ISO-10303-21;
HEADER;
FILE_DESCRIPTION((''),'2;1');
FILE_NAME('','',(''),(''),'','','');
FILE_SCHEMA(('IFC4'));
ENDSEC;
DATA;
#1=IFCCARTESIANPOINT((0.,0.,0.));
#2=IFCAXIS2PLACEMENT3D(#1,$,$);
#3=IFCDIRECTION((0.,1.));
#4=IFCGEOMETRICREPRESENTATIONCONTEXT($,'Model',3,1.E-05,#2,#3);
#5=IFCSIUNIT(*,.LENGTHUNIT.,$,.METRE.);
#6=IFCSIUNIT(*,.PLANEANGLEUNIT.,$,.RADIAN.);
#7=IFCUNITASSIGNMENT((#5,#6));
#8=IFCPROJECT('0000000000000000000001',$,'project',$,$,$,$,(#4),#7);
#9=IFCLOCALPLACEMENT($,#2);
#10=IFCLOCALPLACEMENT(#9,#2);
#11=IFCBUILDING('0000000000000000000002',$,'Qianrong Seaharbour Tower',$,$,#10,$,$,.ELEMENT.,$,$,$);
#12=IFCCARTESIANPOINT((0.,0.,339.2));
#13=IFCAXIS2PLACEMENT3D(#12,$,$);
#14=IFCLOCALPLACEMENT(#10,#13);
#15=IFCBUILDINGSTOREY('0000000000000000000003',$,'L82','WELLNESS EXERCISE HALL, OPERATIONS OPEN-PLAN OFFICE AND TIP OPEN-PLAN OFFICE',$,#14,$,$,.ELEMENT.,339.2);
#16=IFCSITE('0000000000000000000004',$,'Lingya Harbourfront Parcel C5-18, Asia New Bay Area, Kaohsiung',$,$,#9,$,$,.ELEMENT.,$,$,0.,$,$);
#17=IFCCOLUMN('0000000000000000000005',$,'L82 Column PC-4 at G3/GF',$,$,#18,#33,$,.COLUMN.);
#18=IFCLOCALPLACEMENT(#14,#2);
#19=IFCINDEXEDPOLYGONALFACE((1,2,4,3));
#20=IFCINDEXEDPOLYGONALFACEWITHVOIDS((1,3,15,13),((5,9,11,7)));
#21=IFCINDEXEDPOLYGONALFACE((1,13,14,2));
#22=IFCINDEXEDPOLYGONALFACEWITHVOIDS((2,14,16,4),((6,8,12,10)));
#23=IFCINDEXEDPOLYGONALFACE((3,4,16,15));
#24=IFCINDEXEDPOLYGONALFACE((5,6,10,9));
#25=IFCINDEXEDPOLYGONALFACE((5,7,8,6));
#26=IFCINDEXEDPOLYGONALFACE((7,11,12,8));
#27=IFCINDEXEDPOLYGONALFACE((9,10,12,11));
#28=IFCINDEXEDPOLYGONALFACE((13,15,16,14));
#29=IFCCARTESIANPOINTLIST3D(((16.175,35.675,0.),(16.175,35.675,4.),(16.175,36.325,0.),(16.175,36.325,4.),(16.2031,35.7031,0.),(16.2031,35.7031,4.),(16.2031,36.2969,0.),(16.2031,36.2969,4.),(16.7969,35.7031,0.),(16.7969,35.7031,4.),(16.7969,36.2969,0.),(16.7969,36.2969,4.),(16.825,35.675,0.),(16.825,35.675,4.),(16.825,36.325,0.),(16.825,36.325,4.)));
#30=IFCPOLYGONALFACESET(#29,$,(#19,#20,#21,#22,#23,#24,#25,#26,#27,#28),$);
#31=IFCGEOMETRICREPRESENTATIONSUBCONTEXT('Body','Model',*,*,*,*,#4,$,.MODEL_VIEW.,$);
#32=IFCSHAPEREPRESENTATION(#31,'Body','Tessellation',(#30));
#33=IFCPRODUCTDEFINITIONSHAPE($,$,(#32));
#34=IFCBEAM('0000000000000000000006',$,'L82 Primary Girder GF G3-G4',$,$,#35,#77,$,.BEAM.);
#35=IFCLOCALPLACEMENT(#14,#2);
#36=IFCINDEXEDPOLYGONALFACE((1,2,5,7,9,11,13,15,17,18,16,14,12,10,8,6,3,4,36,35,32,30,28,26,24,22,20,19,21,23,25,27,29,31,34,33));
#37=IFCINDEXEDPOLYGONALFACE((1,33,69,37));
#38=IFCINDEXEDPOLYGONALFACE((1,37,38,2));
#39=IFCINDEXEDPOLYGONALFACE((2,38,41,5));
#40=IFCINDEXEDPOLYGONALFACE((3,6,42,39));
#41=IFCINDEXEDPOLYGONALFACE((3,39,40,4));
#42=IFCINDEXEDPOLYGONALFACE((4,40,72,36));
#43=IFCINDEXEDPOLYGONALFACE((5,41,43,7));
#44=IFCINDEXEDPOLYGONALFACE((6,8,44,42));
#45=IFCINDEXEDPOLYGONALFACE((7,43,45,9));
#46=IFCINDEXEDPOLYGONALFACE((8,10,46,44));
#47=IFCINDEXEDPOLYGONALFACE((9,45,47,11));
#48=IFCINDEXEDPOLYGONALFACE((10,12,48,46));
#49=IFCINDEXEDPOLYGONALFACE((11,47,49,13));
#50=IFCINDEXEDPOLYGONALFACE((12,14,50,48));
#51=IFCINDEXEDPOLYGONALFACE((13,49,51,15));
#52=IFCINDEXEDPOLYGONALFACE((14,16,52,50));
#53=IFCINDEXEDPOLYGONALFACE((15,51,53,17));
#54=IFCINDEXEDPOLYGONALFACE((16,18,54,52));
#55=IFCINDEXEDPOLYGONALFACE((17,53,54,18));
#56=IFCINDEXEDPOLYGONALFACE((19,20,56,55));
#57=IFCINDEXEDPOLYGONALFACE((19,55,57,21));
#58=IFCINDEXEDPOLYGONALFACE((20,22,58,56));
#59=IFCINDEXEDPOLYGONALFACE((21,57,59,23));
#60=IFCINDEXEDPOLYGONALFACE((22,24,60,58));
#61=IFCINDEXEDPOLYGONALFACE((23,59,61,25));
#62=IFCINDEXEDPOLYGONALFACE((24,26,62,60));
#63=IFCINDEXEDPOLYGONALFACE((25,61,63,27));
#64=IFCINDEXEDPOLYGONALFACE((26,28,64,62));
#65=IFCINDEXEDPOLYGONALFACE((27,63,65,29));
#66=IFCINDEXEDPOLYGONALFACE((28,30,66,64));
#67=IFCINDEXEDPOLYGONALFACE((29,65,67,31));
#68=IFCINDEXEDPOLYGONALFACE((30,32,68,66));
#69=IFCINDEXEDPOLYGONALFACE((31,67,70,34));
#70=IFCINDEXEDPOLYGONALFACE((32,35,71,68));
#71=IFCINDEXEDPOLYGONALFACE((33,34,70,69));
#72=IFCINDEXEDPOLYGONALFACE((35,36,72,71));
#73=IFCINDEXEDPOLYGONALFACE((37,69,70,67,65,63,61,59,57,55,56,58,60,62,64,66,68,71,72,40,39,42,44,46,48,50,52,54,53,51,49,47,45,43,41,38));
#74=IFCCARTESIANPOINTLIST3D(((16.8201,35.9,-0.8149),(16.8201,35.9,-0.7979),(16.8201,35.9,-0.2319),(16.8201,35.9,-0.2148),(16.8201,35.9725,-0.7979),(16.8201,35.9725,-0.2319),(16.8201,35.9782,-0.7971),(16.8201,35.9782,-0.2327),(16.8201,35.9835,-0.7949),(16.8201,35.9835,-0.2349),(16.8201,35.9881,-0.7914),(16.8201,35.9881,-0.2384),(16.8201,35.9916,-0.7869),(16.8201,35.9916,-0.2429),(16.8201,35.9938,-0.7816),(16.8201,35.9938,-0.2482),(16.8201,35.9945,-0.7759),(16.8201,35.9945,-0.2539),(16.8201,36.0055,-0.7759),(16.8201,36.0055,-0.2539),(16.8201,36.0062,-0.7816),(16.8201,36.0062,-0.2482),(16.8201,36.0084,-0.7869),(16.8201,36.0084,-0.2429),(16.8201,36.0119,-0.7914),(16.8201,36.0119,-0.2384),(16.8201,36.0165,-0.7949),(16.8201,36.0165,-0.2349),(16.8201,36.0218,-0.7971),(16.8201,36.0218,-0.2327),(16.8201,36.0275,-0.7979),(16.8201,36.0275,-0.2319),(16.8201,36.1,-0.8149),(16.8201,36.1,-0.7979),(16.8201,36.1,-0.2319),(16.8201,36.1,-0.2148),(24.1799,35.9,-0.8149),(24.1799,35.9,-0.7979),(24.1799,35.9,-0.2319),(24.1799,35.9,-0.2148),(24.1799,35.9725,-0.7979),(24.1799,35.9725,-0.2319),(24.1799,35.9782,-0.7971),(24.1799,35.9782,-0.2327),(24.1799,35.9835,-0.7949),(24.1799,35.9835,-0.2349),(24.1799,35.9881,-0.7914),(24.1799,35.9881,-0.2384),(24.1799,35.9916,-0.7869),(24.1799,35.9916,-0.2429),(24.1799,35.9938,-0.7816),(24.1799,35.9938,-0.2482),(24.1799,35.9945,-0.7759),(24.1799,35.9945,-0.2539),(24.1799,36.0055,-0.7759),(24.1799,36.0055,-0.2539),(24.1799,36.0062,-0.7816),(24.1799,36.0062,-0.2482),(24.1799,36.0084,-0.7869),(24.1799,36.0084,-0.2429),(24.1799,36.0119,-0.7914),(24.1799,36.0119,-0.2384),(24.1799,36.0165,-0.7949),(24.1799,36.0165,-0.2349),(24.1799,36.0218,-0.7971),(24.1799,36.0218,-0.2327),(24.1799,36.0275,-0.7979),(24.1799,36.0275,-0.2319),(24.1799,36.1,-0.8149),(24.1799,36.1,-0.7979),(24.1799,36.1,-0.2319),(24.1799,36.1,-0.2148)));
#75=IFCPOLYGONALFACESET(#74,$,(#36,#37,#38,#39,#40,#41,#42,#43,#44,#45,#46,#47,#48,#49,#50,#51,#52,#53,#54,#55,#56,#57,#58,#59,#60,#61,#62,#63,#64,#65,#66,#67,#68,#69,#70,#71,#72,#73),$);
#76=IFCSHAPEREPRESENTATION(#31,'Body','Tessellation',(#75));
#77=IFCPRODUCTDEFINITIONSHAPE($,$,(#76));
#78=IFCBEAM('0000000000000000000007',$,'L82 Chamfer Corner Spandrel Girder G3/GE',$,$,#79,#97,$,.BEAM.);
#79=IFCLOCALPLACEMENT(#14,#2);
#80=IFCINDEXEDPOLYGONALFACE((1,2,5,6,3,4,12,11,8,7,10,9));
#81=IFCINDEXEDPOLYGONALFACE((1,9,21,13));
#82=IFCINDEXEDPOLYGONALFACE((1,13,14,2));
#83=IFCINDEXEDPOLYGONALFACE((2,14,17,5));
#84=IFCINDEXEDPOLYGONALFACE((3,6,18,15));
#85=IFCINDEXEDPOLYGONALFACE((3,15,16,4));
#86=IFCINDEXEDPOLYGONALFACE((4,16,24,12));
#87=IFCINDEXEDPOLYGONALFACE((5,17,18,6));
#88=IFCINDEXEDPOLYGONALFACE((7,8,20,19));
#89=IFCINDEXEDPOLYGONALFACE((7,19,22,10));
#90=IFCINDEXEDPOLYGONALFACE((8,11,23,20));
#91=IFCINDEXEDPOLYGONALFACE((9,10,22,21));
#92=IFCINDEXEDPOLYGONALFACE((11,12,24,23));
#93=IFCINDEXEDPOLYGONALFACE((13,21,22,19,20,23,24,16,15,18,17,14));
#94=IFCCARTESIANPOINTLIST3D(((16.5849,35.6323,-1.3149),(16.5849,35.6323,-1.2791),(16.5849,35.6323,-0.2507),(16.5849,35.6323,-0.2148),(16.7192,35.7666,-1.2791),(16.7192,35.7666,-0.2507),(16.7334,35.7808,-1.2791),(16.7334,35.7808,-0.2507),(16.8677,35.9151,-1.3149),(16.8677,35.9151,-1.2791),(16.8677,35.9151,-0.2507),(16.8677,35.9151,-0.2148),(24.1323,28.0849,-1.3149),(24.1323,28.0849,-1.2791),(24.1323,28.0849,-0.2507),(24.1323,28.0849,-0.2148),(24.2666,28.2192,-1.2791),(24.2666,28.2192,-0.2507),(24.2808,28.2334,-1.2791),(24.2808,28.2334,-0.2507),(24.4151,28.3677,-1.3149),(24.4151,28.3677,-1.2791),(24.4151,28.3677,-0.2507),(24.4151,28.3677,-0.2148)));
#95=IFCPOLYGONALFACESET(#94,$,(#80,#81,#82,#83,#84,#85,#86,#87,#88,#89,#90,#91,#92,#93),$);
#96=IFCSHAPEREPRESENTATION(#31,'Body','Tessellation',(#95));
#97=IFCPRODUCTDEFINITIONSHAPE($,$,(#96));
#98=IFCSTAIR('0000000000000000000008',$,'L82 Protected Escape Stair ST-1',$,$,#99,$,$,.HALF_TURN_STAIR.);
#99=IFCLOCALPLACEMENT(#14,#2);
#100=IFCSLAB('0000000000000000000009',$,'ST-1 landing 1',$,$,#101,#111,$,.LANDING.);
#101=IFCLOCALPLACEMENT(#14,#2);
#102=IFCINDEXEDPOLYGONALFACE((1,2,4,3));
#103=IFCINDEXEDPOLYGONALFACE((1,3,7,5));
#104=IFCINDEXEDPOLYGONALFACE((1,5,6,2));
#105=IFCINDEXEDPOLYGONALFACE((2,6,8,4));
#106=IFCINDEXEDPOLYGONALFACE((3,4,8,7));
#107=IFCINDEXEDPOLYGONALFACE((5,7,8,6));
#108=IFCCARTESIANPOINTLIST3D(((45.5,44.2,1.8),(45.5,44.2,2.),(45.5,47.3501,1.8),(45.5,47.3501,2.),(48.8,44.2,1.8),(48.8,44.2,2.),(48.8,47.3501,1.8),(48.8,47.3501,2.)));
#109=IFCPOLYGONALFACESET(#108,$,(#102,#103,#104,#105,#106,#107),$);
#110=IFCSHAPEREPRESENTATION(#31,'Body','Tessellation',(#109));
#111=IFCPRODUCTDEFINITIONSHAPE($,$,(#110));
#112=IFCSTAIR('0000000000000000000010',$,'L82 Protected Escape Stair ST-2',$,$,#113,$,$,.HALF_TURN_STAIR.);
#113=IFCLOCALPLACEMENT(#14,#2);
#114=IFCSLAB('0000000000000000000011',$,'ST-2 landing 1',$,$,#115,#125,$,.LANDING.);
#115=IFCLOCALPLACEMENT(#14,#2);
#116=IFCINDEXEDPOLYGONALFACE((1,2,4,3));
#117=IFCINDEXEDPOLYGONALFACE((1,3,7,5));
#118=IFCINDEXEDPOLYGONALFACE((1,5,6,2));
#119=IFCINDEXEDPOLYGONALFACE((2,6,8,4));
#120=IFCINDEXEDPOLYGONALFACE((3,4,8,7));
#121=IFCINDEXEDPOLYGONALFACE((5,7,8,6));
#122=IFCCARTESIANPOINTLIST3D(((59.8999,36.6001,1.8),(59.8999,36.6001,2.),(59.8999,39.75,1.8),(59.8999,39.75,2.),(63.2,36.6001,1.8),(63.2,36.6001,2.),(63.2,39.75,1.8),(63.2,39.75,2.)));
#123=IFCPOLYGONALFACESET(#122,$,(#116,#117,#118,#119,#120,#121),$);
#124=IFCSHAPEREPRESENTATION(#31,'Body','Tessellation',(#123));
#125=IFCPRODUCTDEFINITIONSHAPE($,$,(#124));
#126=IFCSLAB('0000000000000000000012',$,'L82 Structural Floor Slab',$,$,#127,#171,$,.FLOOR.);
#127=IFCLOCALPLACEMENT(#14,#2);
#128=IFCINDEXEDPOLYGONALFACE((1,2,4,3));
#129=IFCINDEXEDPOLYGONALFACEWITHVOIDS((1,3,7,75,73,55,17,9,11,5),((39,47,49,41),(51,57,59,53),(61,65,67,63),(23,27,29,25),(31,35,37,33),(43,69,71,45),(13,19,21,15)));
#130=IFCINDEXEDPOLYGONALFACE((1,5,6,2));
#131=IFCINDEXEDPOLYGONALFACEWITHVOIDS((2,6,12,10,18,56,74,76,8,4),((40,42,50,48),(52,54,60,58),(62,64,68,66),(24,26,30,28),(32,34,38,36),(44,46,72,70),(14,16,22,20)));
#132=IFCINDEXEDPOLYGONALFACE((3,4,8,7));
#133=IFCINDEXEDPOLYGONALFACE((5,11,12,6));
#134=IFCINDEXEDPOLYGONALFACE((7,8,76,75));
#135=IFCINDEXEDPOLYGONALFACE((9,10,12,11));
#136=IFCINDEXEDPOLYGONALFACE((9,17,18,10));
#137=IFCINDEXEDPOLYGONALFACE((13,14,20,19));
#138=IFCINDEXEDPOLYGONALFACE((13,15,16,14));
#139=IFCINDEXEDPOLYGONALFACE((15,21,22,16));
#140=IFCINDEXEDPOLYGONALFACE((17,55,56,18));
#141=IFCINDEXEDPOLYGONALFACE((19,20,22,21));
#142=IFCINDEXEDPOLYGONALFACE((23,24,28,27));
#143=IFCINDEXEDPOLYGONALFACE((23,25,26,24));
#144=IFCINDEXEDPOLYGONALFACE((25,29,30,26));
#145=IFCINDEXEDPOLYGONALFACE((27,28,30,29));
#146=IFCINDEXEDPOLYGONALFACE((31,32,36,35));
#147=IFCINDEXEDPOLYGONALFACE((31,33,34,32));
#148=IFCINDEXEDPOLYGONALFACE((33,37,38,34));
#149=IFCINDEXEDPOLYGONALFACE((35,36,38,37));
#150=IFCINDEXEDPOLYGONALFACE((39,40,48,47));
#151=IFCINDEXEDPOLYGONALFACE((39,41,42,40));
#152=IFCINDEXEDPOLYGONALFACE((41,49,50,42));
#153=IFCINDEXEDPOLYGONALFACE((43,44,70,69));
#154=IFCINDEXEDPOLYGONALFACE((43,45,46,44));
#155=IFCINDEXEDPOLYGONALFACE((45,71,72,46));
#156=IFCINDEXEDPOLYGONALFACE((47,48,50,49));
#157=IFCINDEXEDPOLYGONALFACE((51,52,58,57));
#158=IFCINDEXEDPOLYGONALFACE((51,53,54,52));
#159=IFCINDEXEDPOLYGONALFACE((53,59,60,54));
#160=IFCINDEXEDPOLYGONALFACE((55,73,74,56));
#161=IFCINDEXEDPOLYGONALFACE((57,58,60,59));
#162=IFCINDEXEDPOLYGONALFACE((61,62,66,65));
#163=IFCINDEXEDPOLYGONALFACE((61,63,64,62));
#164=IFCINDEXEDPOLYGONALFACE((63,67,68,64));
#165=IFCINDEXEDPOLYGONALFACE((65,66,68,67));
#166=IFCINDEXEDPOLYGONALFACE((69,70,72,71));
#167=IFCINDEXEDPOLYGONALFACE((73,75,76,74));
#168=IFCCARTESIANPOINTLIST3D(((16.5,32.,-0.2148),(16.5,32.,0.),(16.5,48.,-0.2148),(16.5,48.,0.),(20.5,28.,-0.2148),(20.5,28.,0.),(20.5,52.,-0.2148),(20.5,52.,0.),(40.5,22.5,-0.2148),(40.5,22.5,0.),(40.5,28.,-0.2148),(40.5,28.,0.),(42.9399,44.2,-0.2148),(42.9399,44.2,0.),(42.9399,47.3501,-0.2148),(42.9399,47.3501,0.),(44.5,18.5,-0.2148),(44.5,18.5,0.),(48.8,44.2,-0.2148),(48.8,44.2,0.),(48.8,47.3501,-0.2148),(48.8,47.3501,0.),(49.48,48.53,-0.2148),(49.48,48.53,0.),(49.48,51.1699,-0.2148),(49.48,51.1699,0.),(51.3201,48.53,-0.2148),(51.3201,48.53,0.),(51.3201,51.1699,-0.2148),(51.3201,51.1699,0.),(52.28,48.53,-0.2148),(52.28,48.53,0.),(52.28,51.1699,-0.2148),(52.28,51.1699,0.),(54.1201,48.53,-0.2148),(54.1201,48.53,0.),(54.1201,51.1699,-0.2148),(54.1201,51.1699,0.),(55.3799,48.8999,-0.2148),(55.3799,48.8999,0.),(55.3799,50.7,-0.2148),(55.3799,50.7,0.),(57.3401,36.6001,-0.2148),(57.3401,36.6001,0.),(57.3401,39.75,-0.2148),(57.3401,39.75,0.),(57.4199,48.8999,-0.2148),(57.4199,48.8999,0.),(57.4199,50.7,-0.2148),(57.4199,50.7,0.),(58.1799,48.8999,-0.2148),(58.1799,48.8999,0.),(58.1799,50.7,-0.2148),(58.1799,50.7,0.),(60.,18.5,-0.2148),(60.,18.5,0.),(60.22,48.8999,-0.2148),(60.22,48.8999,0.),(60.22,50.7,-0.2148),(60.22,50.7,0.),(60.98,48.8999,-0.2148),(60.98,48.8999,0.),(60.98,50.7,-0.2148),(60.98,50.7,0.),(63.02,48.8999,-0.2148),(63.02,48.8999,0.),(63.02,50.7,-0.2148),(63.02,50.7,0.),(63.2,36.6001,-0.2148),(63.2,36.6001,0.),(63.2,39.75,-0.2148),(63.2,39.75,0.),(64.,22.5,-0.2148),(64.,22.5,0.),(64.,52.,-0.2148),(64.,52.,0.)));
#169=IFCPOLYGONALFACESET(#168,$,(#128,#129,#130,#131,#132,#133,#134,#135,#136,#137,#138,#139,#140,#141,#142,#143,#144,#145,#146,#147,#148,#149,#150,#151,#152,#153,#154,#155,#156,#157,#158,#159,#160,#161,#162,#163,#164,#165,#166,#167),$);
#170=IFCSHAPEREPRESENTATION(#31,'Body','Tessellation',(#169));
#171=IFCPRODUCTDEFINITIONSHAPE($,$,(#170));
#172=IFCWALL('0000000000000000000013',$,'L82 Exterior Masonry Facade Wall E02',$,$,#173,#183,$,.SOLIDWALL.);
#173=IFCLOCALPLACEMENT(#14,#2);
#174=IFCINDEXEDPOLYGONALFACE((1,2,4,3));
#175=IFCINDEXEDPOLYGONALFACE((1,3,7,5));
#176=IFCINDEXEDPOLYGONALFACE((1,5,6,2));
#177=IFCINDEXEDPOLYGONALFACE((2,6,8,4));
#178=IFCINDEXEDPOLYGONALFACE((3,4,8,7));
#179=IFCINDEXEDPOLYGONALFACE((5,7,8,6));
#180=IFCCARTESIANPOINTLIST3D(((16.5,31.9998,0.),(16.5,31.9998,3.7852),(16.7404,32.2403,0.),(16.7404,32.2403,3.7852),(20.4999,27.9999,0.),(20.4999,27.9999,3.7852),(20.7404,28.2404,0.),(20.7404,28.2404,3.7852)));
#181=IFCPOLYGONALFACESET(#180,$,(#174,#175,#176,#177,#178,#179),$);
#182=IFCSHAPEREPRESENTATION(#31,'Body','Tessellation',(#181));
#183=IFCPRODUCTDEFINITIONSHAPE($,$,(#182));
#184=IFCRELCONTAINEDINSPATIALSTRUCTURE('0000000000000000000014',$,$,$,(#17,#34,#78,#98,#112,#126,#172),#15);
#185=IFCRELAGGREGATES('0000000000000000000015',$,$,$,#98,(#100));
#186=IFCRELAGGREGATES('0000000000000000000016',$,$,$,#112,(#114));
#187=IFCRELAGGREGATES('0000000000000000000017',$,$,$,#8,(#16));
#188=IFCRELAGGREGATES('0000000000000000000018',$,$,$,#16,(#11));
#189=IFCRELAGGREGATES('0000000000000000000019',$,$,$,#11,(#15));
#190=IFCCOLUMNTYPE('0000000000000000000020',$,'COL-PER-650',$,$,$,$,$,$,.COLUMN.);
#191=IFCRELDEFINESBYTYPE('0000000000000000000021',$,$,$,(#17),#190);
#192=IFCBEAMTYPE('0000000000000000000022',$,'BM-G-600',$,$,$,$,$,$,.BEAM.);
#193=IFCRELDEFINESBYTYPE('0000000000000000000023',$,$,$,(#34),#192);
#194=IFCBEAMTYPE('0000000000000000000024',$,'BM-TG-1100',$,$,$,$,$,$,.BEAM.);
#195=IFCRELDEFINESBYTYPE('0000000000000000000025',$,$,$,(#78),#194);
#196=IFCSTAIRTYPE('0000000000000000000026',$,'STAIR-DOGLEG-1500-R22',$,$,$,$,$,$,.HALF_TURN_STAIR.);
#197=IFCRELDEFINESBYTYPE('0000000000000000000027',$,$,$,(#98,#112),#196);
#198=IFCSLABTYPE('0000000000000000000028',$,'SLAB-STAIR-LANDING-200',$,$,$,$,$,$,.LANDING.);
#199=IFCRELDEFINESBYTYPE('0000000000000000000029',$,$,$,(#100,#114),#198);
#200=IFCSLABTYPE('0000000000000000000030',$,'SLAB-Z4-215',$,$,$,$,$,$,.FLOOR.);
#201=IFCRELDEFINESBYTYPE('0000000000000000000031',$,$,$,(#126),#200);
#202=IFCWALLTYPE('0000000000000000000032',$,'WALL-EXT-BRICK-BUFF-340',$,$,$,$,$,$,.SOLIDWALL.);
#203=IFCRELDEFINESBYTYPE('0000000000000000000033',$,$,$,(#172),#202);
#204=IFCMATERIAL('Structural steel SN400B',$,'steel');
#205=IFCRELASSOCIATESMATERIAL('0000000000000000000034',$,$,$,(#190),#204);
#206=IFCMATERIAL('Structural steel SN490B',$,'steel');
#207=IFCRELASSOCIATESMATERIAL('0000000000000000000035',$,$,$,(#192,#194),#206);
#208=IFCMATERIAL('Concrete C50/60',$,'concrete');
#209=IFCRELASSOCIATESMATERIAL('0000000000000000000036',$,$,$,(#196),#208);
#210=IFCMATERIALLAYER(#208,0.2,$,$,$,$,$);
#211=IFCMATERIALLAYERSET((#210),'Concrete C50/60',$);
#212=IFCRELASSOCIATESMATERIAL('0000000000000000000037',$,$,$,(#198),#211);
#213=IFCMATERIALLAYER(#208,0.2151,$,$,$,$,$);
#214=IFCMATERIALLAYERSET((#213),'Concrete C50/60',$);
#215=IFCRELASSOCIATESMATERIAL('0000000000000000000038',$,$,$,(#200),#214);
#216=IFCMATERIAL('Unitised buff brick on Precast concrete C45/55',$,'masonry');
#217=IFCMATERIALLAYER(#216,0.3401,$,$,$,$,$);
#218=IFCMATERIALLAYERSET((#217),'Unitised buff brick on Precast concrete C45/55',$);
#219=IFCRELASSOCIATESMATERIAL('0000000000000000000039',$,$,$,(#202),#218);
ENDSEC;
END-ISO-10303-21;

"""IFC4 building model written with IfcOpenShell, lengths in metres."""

from ifc_helpers import new_model, si_unit, direction, frame, frame_2d, origin, origin_2d, place, context, subcontext, project, spatial, polyline, rectangle, hollow_rectangle, i_section, outline, extrude, material, layer, layer_set, material_profile, profile_set, type_object, element, aggregate, save


model = new_model("IFC4")

# Units and contexts
model_context = context("Model", 3, precision=1e-05, world=origin(), true_north=direction((0.0, 1.0)))
body_context = subcontext(model_context, "Body", "Model", "MODEL_VIEW")
ifc_project = project(units=[si_unit("LENGTHUNIT", "METRE"), si_unit("PLANEANGLEUNIT", "RADIAN")], contexts=[model_context])

# Site, building, storey
site_placement = place(None, origin())
site = spatial("IfcSite", under=ifc_project, at=site_placement, Name="Lingya Harbourfront Parcel C5-18, Asia New Bay Area, Kaohsiung", CompositionType="ELEMENT", RefElevation=0.0)
building_placement = place(site_placement, origin())
building = spatial("IfcBuilding", under=site, at=building_placement, Name="Qianrong Seaharbour Tower", CompositionType="ELEMENT")
storey_placement = place(building_placement, frame((0.0, 0.0, 339.2)))
storey = spatial("IfcBuildingStorey", under=building, at=storey_placement, Name="L82", Description="WELLNESS EXERCISE HALL, OPERATIONS OPEN-PLAN OFFICE AND TIP OPEN-PLAN OFFICE", CompositionType="ELEMENT", Elevation=339.2)

# Column
ifc_material_1 = material(Name="Structural steel SN400B", Category="steel")
ifc_material_profile_1 = material_profile(ifc_material_1, hollow_rectangle(XDim=0.6499, YDim=0.6499, WallThickness=0.0281, at=origin_2d()), Name="BOX650x650x28")
ifc_profile_set_1 = profile_set([ifc_material_profile_1], Name="Structural steel SN400B")
column_type = type_object("IfcColumnType", Name="COL-PER-650", PredefinedType="COLUMN", material=ifc_profile_set_1)
column_placement = place(storey_placement, frame((16.5, 36.0, 0.0), z_axis=(0.0, 0.0, 1.0), x_axis=(1.0, 0.0, 0.0)))
element("IfcColumn", 1, at=column_placement, inside=storey, type_object=column_type, Name="L82 Column PC-4 at G3/GF", PredefinedType="COLUMN", context=body_context, shape_type="SweptSolid", body=[
    extrude(hollow_rectangle(XDim=0.6499, YDim=0.6499, WallThickness=0.0281, at=origin_2d()), origin(), (0.0, 0.0, 1.0), 4.0),
])

# Beams
ifc_material_2 = material(Name="Structural steel SN490B", Category="steel")
ifc_material_profile_2 = material_profile(ifc_material_2, i_section(OverallWidth=0.2, OverallDepth=0.6001, WebThickness=0.011, FlangeThickness=0.0171, FilletRadius=0.022, at=origin_2d()), Name="H600x200x11x17")
ifc_profile_set_2 = profile_set([ifc_material_profile_2], Name="Structural steel SN490B")
beam_type_1 = type_object("IfcBeamType", Name="BM-G-600", PredefinedType="BEAM", material=ifc_profile_set_2)
beam_1_placement = place(storey_placement, frame((16.8201, 36.0, -0.5149), z_axis=(1.0, 0.0, 0.0), x_axis=(0.0, 1.0, 0.0)))
element("IfcBeam", 2, at=beam_1_placement, inside=storey, type_object=beam_type_1, Name="L82 Primary Girder GF G3-G4", PredefinedType="BEAM", context=body_context, shape_type="SweptSolid", body=[
    extrude(i_section(OverallWidth=0.2, OverallDepth=0.6001, WebThickness=0.011, FlangeThickness=0.0171, FilletRadius=0.022, at=origin_2d()), origin(), (0.0, 0.0, 1.0), 7.3599),
])
ifc_material_profile_3 = material_profile(ifc_material_2, i_section(OverallWidth=0.3999, OverallDepth=1.1001, WebThickness=0.02, FlangeThickness=0.0359, at=origin_2d()), Name="BH1100x400x20x36")
ifc_profile_set_3 = profile_set([ifc_material_profile_3], Name="Structural steel SN490B")
beam_type_2 = type_object("IfcBeamType", Name="BM-TG-1100", PredefinedType="BEAM", material=ifc_profile_set_3)
beam_2_placement = place(storey_placement, frame((24.2737, 28.2263, -0.7649), z_axis=(-0.707107, 0.707107, 0.0), x_axis=(-0.707107, -0.707107, 0.0)))
element("IfcBeam", 3, at=beam_2_placement, inside=storey, type_object=beam_type_2, Name="L82 Chamfer Corner Spandrel Girder G3/GE", PredefinedType="BEAM", context=body_context, shape_type="SweptSolid", body=[
    extrude(i_section(OverallWidth=0.3999, OverallDepth=1.1001, WebThickness=0.02, FlangeThickness=0.0359, at=origin_2d()), origin(), (0.0, 0.0, 1.0), 10.6736),
])

# Stairs, slabs
ifc_material_3 = material(Name="Concrete C50/60", Category="concrete")
stair_type = type_object("IfcStairType", Name="STAIR-DOGLEG-1500-R22", PredefinedType="HALF_TURN_STAIR", material=ifc_material_3)
stair_1_placement = place(storey_placement, origin())
stair_1 = element("IfcStair", 4, at=stair_1_placement, inside=storey, type_object=stair_type, Name="L82 Protected Escape Stair ST-1", PredefinedType="HALF_TURN_STAIR")
ifc_layer_1 = layer(ifc_material_3, 0.2)
ifc_layer_set_1 = layer_set([ifc_layer_1], Name="Concrete C50/60")
slab_type_1 = type_object("IfcSlabType", Name="SLAB-STAIR-LANDING-200", PredefinedType="LANDING", material=ifc_layer_set_1)
slab_1_placement = place(storey_placement, frame((0.0, 0.0, 1.8)))
slab_1 = element("IfcSlab", 5, at=slab_1_placement, type_object=slab_type_1, Name="ST-1 landing 1", PredefinedType="LANDING", context=body_context, shape_type="SweptSolid", body=[
    extrude(outline(polyline([(45.5, 44.2), (48.8, 44.2), (48.8, 47.3501), (45.5, 47.3501), (45.5, 44.2)])), origin(), (0.0, 0.0, 1.0), 0.2),
])
aggregate(stair_1, [slab_1])
stair_2_placement = place(storey_placement, origin())
stair_2 = element("IfcStair", 6, at=stair_2_placement, inside=storey, type_object=stair_type, Name="L82 Protected Escape Stair ST-2", PredefinedType="HALF_TURN_STAIR")
slab_2_placement = place(storey_placement, frame((0.0, 0.0, 1.8)))
slab_2 = element("IfcSlab", 7, at=slab_2_placement, type_object=slab_type_1, Name="ST-2 landing 1", PredefinedType="LANDING", context=body_context, shape_type="SweptSolid", body=[
    extrude(outline(polyline([(59.8999, 36.6001), (63.2, 36.6001), (63.2, 39.75), (59.8999, 39.75), (59.8999, 36.6001)])), origin(), (0.0, 0.0, 1.0), 0.2),
])
aggregate(stair_2, [slab_2])

# Slab
ifc_layer_2 = layer(ifc_material_3, 0.2151)
ifc_layer_set_2 = layer_set([ifc_layer_2], Name="Concrete C50/60")
slab_type_2 = type_object("IfcSlabType", Name="SLAB-Z4-215", PredefinedType="FLOOR", material=ifc_layer_set_2)
slab_3_placement = place(storey_placement, frame((0.0, 0.0, -0.2148)))
element("IfcSlab", 8, at=slab_3_placement, inside=storey, type_object=slab_type_2, Name="L82 Structural Floor Slab", PredefinedType="FLOOR", context=body_context, shape_type="SweptSolid", body=[
    extrude(outline(polyline([(44.5, 18.5), (60.0, 18.5), (64.0, 22.5), (64.0, 52.0), (20.5, 52.0), (16.5, 48.0), (16.5, 32.0), (20.5, 28.0), (40.5, 28.0), (40.5, 22.5), (44.5, 18.5)]), holes=[polyline([(42.9399, 44.2), (42.9399, 47.3501), (48.8, 47.3501), (48.8, 44.2), (42.9399, 44.2)]), polyline([(57.3401, 36.6001), (57.3401, 39.75), (63.2, 39.75), (63.2, 36.6001), (57.3401, 36.6001)]), polyline([(49.48, 48.53), (49.48, 51.1699), (51.3201, 51.1699), (51.3201, 48.53), (49.48, 48.53)]), polyline([(52.28, 48.53), (52.28, 51.1699), (54.1201, 51.1699), (54.1201, 48.53), (52.28, 48.53)]), polyline([(55.3799, 48.8999), (55.3799, 50.7), (57.4199, 50.7), (57.4199, 48.8999), (55.3799, 48.8999)]), polyline([(58.1799, 48.8999), (58.1799, 50.7), (60.22, 50.7), (60.22, 48.8999), (58.1799, 48.8999)]), polyline([(60.98, 48.8999), (60.98, 50.7), (63.02, 50.7), (63.02, 48.8999), (60.98, 48.8999)])]), origin(), (0.0, 0.0, 1.0), 0.2148),
])

# Wall
ifc_material_4 = material(Name="Unitised buff brick on Precast concrete C45/55", Category="masonry")
ifc_layer_3 = layer(ifc_material_4, 0.3401)
ifc_layer_set_3 = layer_set([ifc_layer_3], Name="Unitised buff brick on Precast concrete C45/55")
wall_type = type_object("IfcWallType", Name="WALL-EXT-BRICK-BUFF-340", PredefinedType="SOLIDWALL", material=ifc_layer_set_3)
wall_1_placement = place(storey_placement, frame((20.6201, 28.1201, 0.0), z_axis=(0.0, 0.0, 1.0), x_axis=(-0.707107, 0.707107, 0.0)))
element("IfcWall", 9, at=wall_1_placement, inside=storey, type_object=wall_type, Name="L82 Exterior Masonry Facade Wall E02", PredefinedType="SOLIDWALL", context=body_context, shape_type="SweptSolid", body=[
    extrude(rectangle(XDim=5.6567, YDim=0.3401, at=frame_2d((2.8284, 0.0))), origin(), (0.0, 0.0, 1.0), 3.7852),
])

save(model, "model.ifc")
